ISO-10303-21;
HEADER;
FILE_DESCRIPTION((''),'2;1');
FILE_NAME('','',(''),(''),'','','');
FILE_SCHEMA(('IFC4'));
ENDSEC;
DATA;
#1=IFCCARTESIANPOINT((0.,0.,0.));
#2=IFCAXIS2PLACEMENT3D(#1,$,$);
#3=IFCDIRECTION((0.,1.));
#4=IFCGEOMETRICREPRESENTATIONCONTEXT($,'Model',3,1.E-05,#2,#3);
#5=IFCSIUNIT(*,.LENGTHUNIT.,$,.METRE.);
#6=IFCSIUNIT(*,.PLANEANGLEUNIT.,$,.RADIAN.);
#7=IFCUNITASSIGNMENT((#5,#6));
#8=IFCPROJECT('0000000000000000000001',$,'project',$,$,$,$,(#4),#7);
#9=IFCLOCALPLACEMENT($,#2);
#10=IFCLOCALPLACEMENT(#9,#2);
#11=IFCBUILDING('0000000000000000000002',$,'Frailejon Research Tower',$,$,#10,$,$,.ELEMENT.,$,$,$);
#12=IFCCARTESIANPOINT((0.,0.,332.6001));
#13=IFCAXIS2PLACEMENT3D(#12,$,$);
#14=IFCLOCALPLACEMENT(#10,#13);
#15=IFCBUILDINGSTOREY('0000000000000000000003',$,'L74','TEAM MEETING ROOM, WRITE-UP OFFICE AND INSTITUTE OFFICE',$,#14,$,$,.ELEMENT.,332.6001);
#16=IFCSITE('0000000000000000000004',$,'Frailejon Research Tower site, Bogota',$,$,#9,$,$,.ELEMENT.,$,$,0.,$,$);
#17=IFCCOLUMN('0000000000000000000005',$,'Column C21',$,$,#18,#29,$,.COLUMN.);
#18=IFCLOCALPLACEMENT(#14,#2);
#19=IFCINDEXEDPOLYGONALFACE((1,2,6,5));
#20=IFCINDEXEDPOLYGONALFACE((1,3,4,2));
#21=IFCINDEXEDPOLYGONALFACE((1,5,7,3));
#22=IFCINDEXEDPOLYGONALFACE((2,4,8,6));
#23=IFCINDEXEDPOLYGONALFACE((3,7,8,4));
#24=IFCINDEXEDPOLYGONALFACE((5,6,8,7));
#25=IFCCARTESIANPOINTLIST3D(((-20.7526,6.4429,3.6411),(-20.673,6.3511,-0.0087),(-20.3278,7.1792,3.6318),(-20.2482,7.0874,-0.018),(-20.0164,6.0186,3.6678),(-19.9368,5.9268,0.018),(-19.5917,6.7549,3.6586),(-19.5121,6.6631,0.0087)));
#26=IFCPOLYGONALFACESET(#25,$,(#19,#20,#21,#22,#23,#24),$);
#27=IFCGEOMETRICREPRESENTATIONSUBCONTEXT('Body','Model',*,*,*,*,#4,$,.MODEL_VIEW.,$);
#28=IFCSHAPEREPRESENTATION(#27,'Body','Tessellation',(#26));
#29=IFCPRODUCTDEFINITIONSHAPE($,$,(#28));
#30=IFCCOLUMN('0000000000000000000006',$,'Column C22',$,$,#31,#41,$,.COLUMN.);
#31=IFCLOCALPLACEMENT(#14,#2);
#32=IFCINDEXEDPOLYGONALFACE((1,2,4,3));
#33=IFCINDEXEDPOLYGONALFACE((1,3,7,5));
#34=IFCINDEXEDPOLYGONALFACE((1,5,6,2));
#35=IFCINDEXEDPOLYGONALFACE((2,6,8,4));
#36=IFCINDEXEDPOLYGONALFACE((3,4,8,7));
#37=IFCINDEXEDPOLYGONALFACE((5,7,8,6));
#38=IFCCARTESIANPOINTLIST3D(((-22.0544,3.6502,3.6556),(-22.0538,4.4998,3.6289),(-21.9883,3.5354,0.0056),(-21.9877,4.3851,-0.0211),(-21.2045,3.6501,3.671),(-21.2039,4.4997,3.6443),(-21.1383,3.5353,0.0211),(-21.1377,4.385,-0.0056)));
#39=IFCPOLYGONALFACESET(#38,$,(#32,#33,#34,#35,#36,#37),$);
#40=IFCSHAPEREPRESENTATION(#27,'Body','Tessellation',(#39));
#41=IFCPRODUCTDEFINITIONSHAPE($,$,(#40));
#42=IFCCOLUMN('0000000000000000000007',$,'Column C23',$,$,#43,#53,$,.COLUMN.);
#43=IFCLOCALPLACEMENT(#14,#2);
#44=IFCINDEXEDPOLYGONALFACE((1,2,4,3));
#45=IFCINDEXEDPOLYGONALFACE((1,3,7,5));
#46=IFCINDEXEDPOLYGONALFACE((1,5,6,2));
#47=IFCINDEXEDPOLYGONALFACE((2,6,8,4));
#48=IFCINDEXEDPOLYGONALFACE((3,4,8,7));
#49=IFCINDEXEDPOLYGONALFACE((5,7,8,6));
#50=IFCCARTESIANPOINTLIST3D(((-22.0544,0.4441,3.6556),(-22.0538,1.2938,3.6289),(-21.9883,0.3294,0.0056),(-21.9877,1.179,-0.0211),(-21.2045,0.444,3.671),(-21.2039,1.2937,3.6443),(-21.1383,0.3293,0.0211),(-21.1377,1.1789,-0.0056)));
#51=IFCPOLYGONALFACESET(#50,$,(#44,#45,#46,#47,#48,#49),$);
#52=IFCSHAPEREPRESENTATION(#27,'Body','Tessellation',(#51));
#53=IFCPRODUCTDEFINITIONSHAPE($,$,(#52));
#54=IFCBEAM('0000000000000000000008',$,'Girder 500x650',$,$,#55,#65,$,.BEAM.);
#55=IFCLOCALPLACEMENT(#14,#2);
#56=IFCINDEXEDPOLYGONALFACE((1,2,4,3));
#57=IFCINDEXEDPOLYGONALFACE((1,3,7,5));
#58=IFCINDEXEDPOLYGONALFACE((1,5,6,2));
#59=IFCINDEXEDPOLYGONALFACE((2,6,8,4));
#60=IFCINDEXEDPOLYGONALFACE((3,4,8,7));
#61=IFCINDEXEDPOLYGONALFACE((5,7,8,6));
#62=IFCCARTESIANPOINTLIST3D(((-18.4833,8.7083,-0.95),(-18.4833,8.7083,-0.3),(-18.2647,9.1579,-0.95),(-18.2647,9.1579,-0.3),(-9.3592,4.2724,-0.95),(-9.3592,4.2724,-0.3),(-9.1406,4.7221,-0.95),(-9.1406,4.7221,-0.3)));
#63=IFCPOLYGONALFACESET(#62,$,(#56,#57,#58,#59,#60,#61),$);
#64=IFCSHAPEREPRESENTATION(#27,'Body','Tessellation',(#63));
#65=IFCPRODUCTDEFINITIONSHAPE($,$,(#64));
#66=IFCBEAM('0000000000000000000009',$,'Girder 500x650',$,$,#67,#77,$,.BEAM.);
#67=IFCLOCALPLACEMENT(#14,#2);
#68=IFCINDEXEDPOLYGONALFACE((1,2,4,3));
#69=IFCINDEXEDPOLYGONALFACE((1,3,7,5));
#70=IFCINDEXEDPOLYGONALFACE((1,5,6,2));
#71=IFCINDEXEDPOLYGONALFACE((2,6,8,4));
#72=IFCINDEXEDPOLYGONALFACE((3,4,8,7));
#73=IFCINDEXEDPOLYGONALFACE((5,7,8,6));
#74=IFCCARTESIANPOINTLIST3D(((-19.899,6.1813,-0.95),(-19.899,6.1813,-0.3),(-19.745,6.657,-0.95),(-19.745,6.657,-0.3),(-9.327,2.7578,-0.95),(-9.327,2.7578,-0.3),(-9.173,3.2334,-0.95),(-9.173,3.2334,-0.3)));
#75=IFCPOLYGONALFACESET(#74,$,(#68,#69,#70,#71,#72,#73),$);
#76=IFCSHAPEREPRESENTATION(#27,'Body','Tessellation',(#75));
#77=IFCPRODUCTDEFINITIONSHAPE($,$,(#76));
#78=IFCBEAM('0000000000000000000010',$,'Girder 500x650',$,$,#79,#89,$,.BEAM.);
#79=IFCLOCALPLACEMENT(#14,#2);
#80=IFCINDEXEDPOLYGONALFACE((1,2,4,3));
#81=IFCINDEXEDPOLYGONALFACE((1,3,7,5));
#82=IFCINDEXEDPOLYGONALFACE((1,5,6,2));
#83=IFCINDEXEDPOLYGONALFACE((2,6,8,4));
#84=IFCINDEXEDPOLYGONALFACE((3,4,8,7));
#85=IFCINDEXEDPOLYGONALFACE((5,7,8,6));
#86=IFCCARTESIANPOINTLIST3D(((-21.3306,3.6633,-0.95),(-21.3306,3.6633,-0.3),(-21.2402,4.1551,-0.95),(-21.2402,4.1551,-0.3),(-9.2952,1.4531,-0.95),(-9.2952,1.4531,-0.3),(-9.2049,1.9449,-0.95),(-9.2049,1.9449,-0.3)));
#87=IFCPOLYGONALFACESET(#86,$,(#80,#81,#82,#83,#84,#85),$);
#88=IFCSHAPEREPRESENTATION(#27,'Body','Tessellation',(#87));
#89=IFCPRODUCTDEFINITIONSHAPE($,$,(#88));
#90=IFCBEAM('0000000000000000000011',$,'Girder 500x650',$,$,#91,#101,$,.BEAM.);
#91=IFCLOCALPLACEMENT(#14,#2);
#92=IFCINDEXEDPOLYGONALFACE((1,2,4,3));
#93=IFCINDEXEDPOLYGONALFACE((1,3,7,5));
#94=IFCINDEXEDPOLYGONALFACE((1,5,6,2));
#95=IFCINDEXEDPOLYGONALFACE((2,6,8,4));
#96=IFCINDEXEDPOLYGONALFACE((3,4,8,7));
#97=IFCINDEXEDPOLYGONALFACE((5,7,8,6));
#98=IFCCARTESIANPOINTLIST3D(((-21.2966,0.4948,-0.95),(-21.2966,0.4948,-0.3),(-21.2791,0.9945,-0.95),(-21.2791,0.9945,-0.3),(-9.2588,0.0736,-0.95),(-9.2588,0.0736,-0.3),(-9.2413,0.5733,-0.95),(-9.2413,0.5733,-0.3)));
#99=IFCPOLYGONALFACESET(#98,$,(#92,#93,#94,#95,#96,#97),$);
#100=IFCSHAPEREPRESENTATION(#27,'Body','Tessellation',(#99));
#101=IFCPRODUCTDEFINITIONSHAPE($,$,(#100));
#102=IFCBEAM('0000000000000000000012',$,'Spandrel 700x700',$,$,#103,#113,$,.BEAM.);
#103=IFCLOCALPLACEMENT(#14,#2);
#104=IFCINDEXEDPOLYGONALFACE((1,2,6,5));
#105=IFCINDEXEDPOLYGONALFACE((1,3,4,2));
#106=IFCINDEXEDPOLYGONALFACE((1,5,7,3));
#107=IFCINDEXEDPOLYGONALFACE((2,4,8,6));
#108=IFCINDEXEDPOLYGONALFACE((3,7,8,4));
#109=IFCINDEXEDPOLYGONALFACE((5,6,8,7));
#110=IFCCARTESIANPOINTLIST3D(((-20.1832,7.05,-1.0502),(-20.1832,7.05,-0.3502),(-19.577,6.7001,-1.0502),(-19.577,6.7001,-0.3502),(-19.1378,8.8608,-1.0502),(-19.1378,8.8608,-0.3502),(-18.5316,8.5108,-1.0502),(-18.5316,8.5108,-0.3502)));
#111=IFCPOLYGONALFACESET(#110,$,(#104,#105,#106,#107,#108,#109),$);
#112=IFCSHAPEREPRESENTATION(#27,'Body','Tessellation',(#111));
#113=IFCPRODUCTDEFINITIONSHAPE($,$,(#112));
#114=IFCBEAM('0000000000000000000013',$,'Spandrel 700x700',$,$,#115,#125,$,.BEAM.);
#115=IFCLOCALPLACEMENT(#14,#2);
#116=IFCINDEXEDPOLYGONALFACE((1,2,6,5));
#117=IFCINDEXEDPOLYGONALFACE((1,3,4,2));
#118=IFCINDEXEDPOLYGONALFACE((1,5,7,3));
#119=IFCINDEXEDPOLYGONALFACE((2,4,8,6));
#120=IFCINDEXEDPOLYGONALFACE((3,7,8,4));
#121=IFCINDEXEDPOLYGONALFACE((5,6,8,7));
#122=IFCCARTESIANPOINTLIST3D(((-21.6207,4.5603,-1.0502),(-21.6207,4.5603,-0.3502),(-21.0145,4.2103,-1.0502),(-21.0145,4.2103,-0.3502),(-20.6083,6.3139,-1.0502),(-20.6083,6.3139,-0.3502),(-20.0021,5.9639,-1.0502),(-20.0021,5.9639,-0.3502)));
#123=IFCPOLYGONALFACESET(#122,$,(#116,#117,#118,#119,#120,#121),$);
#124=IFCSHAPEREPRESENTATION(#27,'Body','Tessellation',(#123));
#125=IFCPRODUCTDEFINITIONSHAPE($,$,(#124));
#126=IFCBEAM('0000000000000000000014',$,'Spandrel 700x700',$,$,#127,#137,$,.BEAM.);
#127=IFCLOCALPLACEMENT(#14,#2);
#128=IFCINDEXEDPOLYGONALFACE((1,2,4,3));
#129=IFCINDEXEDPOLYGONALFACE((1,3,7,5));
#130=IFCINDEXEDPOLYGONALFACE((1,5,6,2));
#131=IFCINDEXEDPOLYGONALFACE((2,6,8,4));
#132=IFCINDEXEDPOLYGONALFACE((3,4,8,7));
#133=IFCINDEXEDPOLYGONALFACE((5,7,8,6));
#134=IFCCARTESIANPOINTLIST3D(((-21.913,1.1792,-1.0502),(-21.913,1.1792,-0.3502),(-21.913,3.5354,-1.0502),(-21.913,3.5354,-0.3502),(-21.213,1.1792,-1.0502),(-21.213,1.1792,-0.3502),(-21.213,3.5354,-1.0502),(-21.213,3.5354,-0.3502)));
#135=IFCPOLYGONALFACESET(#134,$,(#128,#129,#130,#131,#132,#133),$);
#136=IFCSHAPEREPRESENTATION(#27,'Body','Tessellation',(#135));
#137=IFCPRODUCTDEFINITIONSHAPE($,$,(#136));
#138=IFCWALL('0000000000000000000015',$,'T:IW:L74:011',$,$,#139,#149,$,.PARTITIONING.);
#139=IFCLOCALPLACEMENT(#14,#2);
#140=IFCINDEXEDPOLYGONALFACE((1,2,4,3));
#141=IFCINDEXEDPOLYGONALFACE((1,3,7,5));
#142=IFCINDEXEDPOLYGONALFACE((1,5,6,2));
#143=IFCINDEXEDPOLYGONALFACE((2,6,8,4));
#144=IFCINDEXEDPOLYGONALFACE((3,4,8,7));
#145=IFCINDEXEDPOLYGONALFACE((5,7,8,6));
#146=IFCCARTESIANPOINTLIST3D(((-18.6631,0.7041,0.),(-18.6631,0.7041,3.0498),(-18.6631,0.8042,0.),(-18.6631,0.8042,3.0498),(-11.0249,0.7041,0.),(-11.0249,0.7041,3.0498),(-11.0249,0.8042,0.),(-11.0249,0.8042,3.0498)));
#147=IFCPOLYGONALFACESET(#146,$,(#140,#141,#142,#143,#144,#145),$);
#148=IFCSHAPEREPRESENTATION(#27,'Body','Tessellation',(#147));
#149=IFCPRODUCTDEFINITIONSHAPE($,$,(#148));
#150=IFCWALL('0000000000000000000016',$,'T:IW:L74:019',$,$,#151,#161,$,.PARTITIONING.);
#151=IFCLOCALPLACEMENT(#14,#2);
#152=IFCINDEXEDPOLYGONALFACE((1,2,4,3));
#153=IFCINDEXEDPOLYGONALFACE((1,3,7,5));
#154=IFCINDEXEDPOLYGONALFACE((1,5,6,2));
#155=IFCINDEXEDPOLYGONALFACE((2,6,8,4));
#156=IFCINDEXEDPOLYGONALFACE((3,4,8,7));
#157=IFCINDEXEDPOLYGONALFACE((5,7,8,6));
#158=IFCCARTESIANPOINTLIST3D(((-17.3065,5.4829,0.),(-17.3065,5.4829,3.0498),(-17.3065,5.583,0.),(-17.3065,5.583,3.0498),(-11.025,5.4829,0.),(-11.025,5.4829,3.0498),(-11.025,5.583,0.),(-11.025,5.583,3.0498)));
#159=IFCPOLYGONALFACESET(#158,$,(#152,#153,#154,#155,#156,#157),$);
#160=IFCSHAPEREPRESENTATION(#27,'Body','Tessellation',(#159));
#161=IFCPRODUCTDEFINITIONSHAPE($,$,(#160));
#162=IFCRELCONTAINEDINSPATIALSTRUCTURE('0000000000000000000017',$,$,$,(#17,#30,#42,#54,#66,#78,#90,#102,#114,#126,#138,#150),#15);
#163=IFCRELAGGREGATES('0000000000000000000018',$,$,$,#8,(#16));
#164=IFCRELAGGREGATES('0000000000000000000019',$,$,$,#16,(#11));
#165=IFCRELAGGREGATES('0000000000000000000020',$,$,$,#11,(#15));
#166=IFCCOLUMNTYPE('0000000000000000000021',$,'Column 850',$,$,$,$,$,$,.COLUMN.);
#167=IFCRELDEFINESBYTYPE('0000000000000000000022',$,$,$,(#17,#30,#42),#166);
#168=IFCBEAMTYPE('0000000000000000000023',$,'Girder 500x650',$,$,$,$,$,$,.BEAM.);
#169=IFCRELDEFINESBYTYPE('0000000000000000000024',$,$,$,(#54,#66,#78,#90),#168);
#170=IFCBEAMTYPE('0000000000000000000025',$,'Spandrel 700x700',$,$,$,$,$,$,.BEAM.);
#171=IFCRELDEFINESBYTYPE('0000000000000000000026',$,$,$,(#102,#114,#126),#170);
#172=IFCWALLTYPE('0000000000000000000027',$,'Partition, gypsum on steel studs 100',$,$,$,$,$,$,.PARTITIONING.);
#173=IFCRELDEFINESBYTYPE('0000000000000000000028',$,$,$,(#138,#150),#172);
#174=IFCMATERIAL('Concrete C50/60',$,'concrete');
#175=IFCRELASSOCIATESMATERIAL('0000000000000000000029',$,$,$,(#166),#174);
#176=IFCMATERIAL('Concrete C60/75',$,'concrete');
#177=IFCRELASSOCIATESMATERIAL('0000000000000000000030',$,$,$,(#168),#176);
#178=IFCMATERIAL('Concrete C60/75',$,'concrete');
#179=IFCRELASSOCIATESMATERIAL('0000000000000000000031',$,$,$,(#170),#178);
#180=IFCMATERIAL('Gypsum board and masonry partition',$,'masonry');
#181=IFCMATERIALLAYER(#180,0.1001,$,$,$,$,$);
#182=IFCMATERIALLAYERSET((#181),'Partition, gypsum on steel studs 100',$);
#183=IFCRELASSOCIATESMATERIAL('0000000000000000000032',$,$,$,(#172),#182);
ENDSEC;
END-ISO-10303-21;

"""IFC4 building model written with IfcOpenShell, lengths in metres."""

from ifc_helpers import new_model, si_unit, direction, frame, frame_2d, origin, origin_2d, place, context, subcontext, project, spatial, rectangle, extrude, material, layer, layer_set, material_profile, profile_set, type_object, element, save


model = new_model("IFC4")

# Units and contexts
model_context = context("Model", 3, precision=1e-05, world=origin(), true_north=direction((0.0, 1.0)))
body_context = subcontext(model_context, "Body", "Model", "MODEL_VIEW")
ifc_project = project(units=[si_unit("LENGTHUNIT", "METRE"), si_unit("PLANEANGLEUNIT", "RADIAN")], contexts=[model_context])

# Site, building, storey
site_placement = place(None, origin())
site = spatial("IfcSite", under=ifc_project, at=site_placement, Name="Frailejon Research Tower site, Bogota", CompositionType="ELEMENT", RefElevation=0.0)
building_placement = place(site_placement, origin())
building = spatial("IfcBuilding", under=site, at=building_placement, Name="Frailejon Research Tower", CompositionType="ELEMENT")
storey_placement = place(building_placement, frame((0.0, 0.0, 332.6001)))
storey = spatial("IfcBuildingStorey", under=building, at=storey_placement, Name="L74", Description="TEAM MEETING ROOM, WRITE-UP OFFICE AND INSTITUTE OFFICE", CompositionType="ELEMENT", Elevation=332.6001)

# Columns
ifc_material_1 = material(Name="Concrete C50/60", Category="concrete")
ifc_material_profile_1 = material_profile(ifc_material_1, rectangle(XDim=0.8501, YDim=0.8501, at=origin_2d()), Name="Column 850")
ifc_profile_set_1 = profile_set([ifc_material_profile_1], Name="Concrete C50/60")
column_type = type_object("IfcColumnType", Name="Column 850", PredefinedType="COLUMN", material=ifc_profile_set_1)
column_placement = place(storey_placement, frame((-20.0925, 6.5071, 0.0), z_axis=(-0.021794, 0.025137, 0.999446), x_axis=(-0.499665, -0.86615, 0.010888)))
element("IfcColumn", 1, at=column_placement, inside=storey, type_object=column_type, Name="Column C21", PredefinedType="COLUMN", context=body_context, shape_type="SweptSolid", body=[
    extrude(rectangle(XDim=0.8501, YDim=0.8501, at=origin_2d()), origin(), (0.0, 0.0, 1.0), 3.6519),
])
for number, where, z_axis, x_axis, name in (
    (2, (-21.563, 3.9602, 0.0), (-0.018115, 0.031417, 0.999342), (-0.000701, -0.999506, 0.03141), "Column C22"),
    (3, (-21.563, 0.7542, 0.0), (-0.018115, 0.031417, 0.999342), (-0.000701, -0.999506, 0.03141), "Column C23"),
):
    element("IfcColumn", number, at=place(storey_placement, frame(where, z_axis=z_axis, x_axis=x_axis)), inside=storey, type_object=column_type, Name=name, PredefinedType="COLUMN", context=body_context, shape_type="SweptSolid", body=[
        extrude(rectangle(XDim=0.8501, YDim=0.8501, at=origin_2d()), origin(), (0.0, 0.0, 1.0), 3.6523),
    ])

# Beams
ifc_material_2 = material(Name="Concrete C60/75", Category="concrete")
ifc_material_profile_2 = material_profile(ifc_material_2, rectangle(XDim=0.5, YDim=0.6499, at=origin_2d()), Name="Girder 500x650")
ifc_profile_set_2 = profile_set([ifc_material_profile_2], Name="Concrete C60/75")
beam_type_1 = type_object("IfcBeamType", Name="Girder 500x650", PredefinedType="BEAM", material=ifc_profile_set_2)
beam_1_placement = place(storey_placement, frame((-18.374, 8.9331, -0.625), z_axis=(0.899348, -0.437233, 0.0), x_axis=(0.437233, 0.899348, 0.0)))
element("IfcBeam", 4, at=beam_1_placement, inside=storey, type_object=beam_type_1, Name="Girder 500x650", PredefinedType="BEAM", context=body_context, shape_type="SweptSolid", body=[
    extrude(rectangle(XDim=0.5, YDim=0.6499, at=origin_2d()), origin(), (0.0, 0.0, 1.0), 10.1453),
])
beam_2_placement = place(storey_placement, frame((-19.822, 6.4192, -0.625), z_axis=(0.95136, -0.308083, 0.0), x_axis=(0.308083, 0.95136, 0.0)))
element("IfcBeam", 5, at=beam_2_placement, inside=storey, type_object=beam_type_1, Name="Girder 500x650", PredefinedType="BEAM", context=body_context, shape_type="SweptSolid", body=[
    extrude(rectangle(XDim=0.5, YDim=0.6499, at=origin_2d()), origin(), (0.0, 0.0, 1.0), 11.1125),
])
beam_3_placement = place(storey_placement, frame((-21.2854, 3.9092, -0.625), z_axis=(0.983553, -0.180622, 0.0), x_axis=(0.180622, 0.983553, 0.0)))
element("IfcBeam", 6, at=beam_3_placement, inside=storey, type_object=beam_type_1, Name="Girder 500x650", PredefinedType="BEAM", context=body_context, shape_type="SweptSolid", body=[
    extrude(rectangle(XDim=0.5, YDim=0.6499, at=origin_2d()), origin(), (0.0, 0.0, 1.0), 12.2366),
])
beam_4_placement = place(storey_placement, frame((-21.2878, 0.7446, -0.625), z_axis=(0.999389, -0.034964, 0.0), x_axis=(0.034964, 0.999389, 0.0)))
element("IfcBeam", 7, at=beam_4_placement, inside=storey, type_object=beam_type_1, Name="Girder 500x650", PredefinedType="BEAM", context=body_context, shape_type="SweptSolid", body=[
    extrude(rectangle(XDim=0.5, YDim=0.6499, at=origin_2d()), origin(), (0.0, 0.0, 1.0), 12.0452),
])
ifc_material_3 = material(Name="Concrete C60/75", Category="concrete")
ifc_material_profile_3 = material_profile(ifc_material_3, rectangle(XDim=0.7, YDim=0.7, at=origin_2d()), Name="Spandrel 700x700")
ifc_profile_set_3 = profile_set([ifc_material_profile_3], Name="Concrete C60/75")
beam_type_2 = type_object("IfcBeamType", Name="Spandrel 700x700", PredefinedType="BEAM", material=ifc_profile_set_3)
beam_5_placement = place(storey_placement, frame((-18.8347, 8.6858, -0.7002), z_axis=(-0.499982, -0.866036, 0.0), x_axis=(0.866036, -0.499982, 0.0)))
element("IfcBeam", 8, at=beam_5_placement, inside=storey, type_object=beam_type_2, Name="Spandrel 700x700", PredefinedType="BEAM", context=body_context, shape_type="SweptSolid", body=[
    extrude(rectangle(XDim=0.7, YDim=0.7, at=origin_2d()), origin(), (0.0, 0.0, 1.0), 2.0908),
])
beam_6_placement = place(storey_placement, frame((-20.3052, 6.1389, -0.7002), z_axis=(-0.49999, -0.866031, 0.0), x_axis=(0.866031, -0.49999, 0.0)))
element("IfcBeam", 9, at=beam_6_placement, inside=storey, type_object=beam_type_2, Name="Spandrel 700x700", PredefinedType="BEAM", context=body_context, shape_type="SweptSolid", body=[
    extrude(rectangle(XDim=0.7, YDim=0.7, at=origin_2d()), origin(), (0.0, 0.0, 1.0), 2.0249),
])
beam_7_placement = place(storey_placement, frame((-21.563, 3.5354, -0.7002), z_axis=(0.0, -1.0, 0.0), x_axis=(1.0, 0.0, 0.0)))
element("IfcBeam", 10, at=beam_7_placement, inside=storey, type_object=beam_type_2, Name="Spandrel 700x700", PredefinedType="BEAM", context=body_context, shape_type="SweptSolid", body=[
    extrude(rectangle(XDim=0.7, YDim=0.7, at=origin_2d()), origin(), (0.0, 0.0, 1.0), 2.3562),
])

# Walls
ifc_material_4 = material(Name="Gypsum board and masonry partition", Category="masonry")
ifc_layer_1 = layer(ifc_material_4, 0.1001)
ifc_layer_set_1 = layer_set([ifc_layer_1], Name="Partition, gypsum on steel studs 100")
wall_type_1 = type_object("IfcWallType", Name="Partition, gypsum on steel studs 100", PredefinedType="PARTITIONING", material=ifc_layer_set_1)
wall_1_placement = place(storey_placement, frame((-18.6631, 0.7542, 0.0), z_axis=(0.0, 0.0, 1.0), x_axis=(1.0, 0.0, 0.0)))
element("IfcWall", 11, at=wall_1_placement, inside=storey, type_object=wall_type_1, Name="T:IW:L74:011", PredefinedType="PARTITIONING", context=body_context, shape_type="SweptSolid", body=[
    extrude(rectangle(XDim=7.6382, YDim=0.1001, at=frame_2d((3.8191, 0.0))), origin(), (0.0, 0.0, 1.0), 3.0498),
])
wall_2_placement = place(storey_placement, frame((-17.3064, 5.533, 0.0), z_axis=(0.0, 0.0, 1.0), x_axis=(1.0, 0.0, 0.0)))
element("IfcWall", 12, at=wall_2_placement, inside=storey, type_object=wall_type_1, Name="T:IW:L74:019", PredefinedType="PARTITIONING", context=body_context, shape_type="SweptSolid", body=[
    extrude(rectangle(XDim=6.2815, YDim=0.1001, at=frame_2d((3.1406, 0.0))), origin(), (0.0, 0.0, 1.0), 3.0498),
])

save(model, "model.ifc")
